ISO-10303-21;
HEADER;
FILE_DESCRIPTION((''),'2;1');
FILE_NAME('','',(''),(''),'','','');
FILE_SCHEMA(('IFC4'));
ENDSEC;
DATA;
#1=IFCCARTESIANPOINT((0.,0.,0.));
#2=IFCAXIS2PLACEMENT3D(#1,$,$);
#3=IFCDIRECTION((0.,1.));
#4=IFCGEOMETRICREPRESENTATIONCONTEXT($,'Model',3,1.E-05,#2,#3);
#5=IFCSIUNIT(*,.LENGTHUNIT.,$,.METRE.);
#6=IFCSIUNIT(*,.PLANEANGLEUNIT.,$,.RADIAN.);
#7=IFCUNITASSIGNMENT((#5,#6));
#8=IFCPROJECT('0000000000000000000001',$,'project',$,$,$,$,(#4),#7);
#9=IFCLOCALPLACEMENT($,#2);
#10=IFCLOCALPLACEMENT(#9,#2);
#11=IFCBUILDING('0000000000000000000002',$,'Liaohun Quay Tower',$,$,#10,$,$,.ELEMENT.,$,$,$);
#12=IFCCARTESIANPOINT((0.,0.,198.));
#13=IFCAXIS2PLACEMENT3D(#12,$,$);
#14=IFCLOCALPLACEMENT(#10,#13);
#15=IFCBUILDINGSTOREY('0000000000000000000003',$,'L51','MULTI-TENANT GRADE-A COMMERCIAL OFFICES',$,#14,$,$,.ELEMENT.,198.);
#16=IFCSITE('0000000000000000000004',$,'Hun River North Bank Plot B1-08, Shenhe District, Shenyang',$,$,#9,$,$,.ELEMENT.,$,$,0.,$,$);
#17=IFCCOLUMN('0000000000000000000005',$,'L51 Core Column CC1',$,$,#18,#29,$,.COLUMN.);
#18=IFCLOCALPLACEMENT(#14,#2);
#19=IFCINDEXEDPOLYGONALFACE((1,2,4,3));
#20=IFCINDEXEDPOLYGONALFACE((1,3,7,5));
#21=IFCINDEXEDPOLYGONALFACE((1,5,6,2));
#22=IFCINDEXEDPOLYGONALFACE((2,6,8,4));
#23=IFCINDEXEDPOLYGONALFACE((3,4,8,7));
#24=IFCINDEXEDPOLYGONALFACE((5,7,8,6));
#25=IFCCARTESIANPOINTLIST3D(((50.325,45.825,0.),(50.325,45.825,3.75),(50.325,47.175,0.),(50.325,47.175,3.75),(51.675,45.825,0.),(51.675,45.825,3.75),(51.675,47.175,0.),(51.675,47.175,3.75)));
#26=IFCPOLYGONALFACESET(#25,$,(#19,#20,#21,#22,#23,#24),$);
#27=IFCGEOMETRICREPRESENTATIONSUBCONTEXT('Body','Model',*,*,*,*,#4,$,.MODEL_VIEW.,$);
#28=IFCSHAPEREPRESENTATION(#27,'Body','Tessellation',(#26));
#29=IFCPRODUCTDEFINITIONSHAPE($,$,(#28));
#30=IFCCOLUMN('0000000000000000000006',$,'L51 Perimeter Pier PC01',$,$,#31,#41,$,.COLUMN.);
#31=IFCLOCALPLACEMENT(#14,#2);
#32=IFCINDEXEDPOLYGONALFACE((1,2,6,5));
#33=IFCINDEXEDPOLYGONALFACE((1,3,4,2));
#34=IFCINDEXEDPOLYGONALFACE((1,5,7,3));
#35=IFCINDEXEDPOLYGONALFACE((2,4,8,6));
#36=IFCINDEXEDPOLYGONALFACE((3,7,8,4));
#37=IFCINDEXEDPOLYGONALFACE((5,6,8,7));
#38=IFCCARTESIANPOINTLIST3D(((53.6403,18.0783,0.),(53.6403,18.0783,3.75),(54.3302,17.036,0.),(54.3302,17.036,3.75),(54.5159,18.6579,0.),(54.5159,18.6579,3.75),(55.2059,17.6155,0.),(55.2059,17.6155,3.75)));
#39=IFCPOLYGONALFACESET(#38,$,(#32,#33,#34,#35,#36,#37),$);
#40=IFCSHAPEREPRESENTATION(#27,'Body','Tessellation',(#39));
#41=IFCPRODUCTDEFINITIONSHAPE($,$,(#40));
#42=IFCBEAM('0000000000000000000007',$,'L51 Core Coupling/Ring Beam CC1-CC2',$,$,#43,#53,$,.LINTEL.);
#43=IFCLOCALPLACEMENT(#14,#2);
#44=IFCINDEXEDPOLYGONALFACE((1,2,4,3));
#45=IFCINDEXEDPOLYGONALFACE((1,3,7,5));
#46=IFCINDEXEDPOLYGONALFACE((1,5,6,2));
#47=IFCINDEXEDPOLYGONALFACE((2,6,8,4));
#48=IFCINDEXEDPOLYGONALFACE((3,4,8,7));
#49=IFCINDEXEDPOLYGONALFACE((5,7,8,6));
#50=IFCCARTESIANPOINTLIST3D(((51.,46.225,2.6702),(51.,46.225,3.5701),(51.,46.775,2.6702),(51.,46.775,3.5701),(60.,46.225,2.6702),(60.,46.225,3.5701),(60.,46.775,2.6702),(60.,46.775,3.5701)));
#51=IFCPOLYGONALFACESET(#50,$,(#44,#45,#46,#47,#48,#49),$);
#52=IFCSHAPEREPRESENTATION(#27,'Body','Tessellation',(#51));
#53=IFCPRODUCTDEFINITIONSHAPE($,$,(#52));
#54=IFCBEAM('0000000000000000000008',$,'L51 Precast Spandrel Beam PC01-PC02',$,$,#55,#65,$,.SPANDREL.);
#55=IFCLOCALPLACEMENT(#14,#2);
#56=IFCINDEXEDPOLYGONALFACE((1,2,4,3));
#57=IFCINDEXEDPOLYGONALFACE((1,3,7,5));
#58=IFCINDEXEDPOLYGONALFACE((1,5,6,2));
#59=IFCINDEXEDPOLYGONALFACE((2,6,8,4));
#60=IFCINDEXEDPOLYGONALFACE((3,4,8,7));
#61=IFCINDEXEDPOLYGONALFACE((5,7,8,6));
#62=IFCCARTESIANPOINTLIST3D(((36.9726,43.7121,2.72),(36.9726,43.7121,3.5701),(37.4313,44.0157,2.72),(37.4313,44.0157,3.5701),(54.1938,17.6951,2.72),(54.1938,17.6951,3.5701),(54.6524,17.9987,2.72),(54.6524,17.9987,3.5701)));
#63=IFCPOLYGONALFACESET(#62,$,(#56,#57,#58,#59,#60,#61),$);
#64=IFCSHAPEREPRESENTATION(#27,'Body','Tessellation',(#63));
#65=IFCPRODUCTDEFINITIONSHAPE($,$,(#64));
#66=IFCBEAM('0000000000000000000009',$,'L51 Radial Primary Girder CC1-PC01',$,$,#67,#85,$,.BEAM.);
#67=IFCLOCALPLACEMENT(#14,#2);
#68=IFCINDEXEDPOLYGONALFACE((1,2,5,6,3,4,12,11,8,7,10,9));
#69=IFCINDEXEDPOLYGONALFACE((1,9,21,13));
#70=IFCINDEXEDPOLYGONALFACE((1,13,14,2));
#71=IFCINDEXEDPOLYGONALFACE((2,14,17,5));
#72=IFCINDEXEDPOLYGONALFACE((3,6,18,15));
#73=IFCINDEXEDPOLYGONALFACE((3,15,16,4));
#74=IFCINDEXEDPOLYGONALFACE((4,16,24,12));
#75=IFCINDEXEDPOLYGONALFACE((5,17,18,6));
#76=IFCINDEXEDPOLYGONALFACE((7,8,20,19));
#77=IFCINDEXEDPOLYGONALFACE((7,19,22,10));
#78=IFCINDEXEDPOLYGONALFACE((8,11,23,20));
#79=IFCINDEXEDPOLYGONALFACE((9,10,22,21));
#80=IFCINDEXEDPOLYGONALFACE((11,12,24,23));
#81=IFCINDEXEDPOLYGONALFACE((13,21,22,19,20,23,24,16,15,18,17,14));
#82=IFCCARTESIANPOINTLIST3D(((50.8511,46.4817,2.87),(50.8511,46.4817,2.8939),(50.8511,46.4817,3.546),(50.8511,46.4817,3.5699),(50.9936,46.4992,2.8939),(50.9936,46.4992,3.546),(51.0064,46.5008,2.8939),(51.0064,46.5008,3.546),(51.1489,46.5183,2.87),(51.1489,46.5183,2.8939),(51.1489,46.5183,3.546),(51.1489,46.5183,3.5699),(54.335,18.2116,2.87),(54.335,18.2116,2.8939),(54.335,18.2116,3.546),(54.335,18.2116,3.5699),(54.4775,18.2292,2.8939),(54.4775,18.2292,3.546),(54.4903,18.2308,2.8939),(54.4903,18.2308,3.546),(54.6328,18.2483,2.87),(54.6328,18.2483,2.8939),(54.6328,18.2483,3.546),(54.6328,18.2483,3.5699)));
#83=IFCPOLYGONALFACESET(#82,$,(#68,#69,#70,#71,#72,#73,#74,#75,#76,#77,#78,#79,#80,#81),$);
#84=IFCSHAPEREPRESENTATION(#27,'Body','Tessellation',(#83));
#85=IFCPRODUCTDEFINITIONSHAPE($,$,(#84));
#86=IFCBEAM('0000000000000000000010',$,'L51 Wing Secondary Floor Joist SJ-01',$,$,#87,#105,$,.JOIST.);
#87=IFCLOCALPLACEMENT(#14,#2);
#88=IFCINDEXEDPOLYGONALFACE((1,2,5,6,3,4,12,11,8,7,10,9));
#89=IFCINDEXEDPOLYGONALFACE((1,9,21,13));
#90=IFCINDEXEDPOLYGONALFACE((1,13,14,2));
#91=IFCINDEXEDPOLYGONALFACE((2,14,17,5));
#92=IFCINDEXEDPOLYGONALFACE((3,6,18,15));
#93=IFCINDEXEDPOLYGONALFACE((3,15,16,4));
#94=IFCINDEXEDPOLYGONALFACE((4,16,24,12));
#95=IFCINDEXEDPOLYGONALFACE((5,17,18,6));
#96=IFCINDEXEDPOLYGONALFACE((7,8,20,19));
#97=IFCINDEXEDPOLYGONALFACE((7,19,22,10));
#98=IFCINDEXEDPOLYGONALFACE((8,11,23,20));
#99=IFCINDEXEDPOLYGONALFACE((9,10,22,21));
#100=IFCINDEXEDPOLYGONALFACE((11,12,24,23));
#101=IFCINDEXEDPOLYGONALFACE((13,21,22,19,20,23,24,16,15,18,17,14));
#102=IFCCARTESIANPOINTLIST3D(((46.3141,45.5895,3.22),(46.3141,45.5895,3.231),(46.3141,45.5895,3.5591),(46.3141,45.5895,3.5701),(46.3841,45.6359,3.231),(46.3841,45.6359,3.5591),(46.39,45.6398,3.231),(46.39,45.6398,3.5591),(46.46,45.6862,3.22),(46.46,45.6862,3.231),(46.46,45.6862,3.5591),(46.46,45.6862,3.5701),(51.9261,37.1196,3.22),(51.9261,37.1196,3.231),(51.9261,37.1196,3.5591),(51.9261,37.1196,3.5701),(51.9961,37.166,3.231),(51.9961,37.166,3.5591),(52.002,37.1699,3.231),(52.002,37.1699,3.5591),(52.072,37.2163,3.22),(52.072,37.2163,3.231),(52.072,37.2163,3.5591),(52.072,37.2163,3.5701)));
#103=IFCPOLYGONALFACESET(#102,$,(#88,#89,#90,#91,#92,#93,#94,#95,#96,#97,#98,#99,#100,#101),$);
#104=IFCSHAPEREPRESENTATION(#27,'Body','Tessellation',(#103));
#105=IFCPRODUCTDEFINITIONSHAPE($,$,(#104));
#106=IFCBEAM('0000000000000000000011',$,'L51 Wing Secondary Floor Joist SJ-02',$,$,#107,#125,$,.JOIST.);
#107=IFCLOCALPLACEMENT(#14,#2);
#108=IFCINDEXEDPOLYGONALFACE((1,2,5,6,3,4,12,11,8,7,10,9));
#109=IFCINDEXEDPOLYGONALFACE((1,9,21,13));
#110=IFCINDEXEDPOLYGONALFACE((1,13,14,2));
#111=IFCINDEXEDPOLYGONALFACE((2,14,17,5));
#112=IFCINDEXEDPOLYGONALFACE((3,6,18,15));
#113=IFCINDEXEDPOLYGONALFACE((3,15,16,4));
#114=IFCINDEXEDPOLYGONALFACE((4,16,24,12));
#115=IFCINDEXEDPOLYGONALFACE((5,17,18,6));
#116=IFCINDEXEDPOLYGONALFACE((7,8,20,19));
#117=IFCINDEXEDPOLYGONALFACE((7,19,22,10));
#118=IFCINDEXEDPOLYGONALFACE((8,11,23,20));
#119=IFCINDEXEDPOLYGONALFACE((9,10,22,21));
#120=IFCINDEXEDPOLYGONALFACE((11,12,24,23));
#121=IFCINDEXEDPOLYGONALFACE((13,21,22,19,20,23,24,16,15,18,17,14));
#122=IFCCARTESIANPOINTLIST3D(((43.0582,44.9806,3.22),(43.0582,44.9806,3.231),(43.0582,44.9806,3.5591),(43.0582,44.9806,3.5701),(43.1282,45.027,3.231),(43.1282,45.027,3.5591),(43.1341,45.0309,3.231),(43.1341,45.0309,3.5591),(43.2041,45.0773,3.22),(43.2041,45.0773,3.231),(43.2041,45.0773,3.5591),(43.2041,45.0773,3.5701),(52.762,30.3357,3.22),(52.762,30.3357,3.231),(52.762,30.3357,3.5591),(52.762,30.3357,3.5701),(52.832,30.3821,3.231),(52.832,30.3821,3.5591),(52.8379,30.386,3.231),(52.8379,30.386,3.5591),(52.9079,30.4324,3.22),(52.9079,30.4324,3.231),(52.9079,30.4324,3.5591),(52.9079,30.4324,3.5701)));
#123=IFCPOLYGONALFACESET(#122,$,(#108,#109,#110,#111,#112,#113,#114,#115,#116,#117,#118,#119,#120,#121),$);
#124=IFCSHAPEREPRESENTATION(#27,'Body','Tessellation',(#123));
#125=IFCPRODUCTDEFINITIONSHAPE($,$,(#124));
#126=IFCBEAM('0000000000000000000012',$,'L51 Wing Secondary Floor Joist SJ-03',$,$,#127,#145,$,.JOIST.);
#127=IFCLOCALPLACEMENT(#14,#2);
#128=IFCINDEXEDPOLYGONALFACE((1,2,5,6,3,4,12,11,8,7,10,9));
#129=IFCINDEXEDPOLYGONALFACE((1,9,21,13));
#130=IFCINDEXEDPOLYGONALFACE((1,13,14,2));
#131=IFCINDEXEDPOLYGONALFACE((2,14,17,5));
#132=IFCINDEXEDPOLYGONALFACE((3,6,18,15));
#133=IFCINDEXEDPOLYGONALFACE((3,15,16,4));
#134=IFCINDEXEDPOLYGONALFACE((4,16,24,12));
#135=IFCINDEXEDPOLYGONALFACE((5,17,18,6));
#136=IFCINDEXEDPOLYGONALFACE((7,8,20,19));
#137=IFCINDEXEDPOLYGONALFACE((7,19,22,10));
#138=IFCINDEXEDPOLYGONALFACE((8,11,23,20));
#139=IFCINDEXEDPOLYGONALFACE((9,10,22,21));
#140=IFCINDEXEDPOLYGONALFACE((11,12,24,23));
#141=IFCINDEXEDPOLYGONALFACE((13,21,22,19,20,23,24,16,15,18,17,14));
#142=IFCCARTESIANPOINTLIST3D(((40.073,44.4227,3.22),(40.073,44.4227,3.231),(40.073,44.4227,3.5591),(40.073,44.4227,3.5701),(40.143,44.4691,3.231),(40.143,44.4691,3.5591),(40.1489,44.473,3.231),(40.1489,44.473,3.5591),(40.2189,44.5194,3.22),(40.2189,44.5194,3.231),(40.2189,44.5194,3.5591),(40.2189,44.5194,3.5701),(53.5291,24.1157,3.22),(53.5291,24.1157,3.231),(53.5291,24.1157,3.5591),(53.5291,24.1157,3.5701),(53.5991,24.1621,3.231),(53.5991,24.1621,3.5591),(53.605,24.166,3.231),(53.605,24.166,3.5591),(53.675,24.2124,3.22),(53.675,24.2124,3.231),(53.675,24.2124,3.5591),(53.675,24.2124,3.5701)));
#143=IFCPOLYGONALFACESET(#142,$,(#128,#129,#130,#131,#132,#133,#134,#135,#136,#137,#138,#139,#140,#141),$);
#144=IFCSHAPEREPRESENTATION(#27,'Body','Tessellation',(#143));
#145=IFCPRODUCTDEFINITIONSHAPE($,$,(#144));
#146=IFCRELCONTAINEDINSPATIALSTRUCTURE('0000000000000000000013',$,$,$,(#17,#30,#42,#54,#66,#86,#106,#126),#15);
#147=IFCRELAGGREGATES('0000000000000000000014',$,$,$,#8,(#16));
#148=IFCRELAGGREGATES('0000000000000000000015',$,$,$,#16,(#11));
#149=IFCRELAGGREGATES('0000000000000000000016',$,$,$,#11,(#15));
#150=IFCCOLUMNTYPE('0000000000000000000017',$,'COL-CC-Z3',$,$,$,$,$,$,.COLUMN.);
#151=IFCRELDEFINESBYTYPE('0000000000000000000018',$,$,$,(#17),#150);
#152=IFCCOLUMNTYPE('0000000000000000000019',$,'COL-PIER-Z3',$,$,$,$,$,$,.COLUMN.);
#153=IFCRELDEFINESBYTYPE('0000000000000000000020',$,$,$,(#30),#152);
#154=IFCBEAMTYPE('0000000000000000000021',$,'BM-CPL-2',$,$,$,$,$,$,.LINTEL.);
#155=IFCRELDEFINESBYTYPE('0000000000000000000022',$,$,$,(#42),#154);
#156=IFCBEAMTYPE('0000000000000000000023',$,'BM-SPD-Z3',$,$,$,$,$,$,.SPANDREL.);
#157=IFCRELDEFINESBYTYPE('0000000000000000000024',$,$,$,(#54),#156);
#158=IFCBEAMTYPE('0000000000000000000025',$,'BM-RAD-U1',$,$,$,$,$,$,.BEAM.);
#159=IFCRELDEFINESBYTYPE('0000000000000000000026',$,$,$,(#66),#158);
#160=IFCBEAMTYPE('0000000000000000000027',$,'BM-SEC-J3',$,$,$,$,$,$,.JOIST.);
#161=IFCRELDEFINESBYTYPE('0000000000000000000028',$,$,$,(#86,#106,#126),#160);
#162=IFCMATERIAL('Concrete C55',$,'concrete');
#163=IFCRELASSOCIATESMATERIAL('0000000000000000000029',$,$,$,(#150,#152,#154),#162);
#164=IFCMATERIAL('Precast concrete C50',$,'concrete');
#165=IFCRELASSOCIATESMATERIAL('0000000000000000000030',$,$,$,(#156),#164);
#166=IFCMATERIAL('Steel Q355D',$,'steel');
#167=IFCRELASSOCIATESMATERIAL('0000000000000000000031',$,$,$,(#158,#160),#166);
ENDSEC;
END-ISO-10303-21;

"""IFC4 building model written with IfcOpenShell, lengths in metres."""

from ifc_helpers import new_model, si_unit, direction, frame, origin, origin_2d, place, context, subcontext, project, spatial, rectangle, i_section, extrude, source, transform, mapped, material, material_profile, profile_set, type_object, element, save


model = new_model("IFC4")

# Units and contexts
model_context = context("Model", 3, precision=1e-05, world=origin(), true_north=direction((0.0, 1.0)))
body_context = subcontext(model_context, "Body", "Model", "MODEL_VIEW")
ifc_project = project(units=[si_unit("LENGTHUNIT", "METRE"), si_unit("PLANEANGLEUNIT", "RADIAN")], contexts=[model_context])

# Site, building, storey
site_placement = place(None, origin())
site = spatial("IfcSite", under=ifc_project, at=site_placement, Name="Hun River North Bank Plot B1-08, Shenhe District, Shenyang", CompositionType="ELEMENT", RefElevation=0.0)
building_placement = place(site_placement, origin())
building = spatial("IfcBuilding", under=site, at=building_placement, Name="Liaohun Quay Tower", CompositionType="ELEMENT")
storey_placement = place(building_placement, frame((0.0, 0.0, 198.0)))
storey = spatial("IfcBuildingStorey", under=building, at=storey_placement, Name="L51", Description="MULTI-TENANT GRADE-A COMMERCIAL OFFICES", CompositionType="ELEMENT", Elevation=198.0)

# Columns
ifc_material_1 = material(Name="Concrete C55", Category="concrete")
ifc_material_profile_1 = material_profile(ifc_material_1, rectangle(XDim=1.3501, YDim=1.3501, at=origin_2d()), Name="RC1350x1350")
ifc_profile_set_1 = profile_set([ifc_material_profile_1], Name="Concrete C55")
column_type_1 = type_object("IfcColumnType", Name="COL-CC-Z3", PredefinedType="COLUMN", material=ifc_profile_set_1)
shared_shape_1 = source(origin(), body_context, "Body", "SweptSolid", [
    extrude(rectangle(XDim=1.3501, YDim=1.3501, at=origin_2d()), origin(), (0.0, 0.0, 1.0), 3.75),
])
column_1_placement = place(storey_placement, frame((51.0, 46.5, 0.0), z_axis=(0.0, 0.0, 1.0), x_axis=(1.0, 0.0, 0.0)))
element("IfcColumn", 1, at=column_1_placement, inside=storey, type_object=column_type_1, Name="L51 Core Column CC1", PredefinedType="COLUMN", context=body_context, shape_type="MappedRepresentation", body=[
    mapped(shared_shape_1, transform((0.0, 0.0, 0.0), x_axis=(1.0, 0.0, 0.0), y_axis=(0.0, 1.0, 0.0), z_axis=(0.0, 0.0, 1.0), scale=1.0)),
])
ifc_material_profile_2 = material_profile(ifc_material_1, rectangle(XDim=1.25, YDim=1.05, at=origin_2d()), Name="RC1250x1050")
ifc_profile_set_2 = profile_set([ifc_material_profile_2], Name="Concrete C55")
column_type_2 = type_object("IfcColumnType", Name="COL-PIER-Z3", PredefinedType="COLUMN", material=ifc_profile_set_2)
shared_shape_2 = source(origin(), body_context, "Body", "SweptSolid", [
    extrude(rectangle(XDim=1.25, YDim=1.05, at=origin_2d()), origin(), (0.0, 0.0, 1.0), 3.75),
])
column_2_placement = place(storey_placement, frame((54.4231, 17.8469, 0.0), z_axis=(0.0, 0.0, 1.0), x_axis=(-0.551937, 0.833886, 0.0)))
element("IfcColumn", 2, at=column_2_placement, inside=storey, type_object=column_type_2, Name="L51 Perimeter Pier PC01", PredefinedType="COLUMN", context=body_context, shape_type="MappedRepresentation", body=[
    mapped(shared_shape_2, transform((0.0, 0.0, 0.0), x_axis=(1.0, 0.0, 0.0), y_axis=(0.0, 1.0, 0.0), z_axis=(0.0, 0.0, 1.0), scale=1.0)),
])

# Beams
ifc_material_profile_3 = material_profile(ifc_material_1, rectangle(XDim=0.55, YDim=0.8999, at=origin_2d()), Name="RC550x900")
ifc_profile_set_3 = profile_set([ifc_material_profile_3], Name="Concrete C55")
beam_type_1 = type_object("IfcBeamType", Name="BM-CPL-2", PredefinedType="LINTEL", material=ifc_profile_set_3)
shared_shape_3 = source(origin(), body_context, "Body", "SweptSolid", [
    extrude(rectangle(XDim=0.55, YDim=0.8999, at=origin_2d()), origin(), (0.0, 0.0, 1.0), 9.0),
])
beam_1_placement = place(storey_placement, frame((51.0, 46.5, 3.1201), z_axis=(1.0, 0.0, 0.0), x_axis=(0.0, 1.0, 0.0)))
element("IfcBeam", 3, at=beam_1_placement, inside=storey, type_object=beam_type_1, Name="L51 Core Coupling/Ring Beam CC1-CC2", PredefinedType="LINTEL", context=body_context, shape_type="MappedRepresentation", body=[
    mapped(shared_shape_3, transform((0.0, 0.0, 0.0), x_axis=(1.0, 0.0, 0.0), y_axis=(0.0, 1.0, 0.0), z_axis=(0.0, 0.0, 1.0), scale=1.0)),
])
ifc_material_2 = material(Name="Precast concrete C50", Category="concrete")
ifc_material_profile_4 = material_profile(ifc_material_2, rectangle(XDim=0.55, YDim=0.8501, at=origin_2d()), Name="RC550x850")
ifc_profile_set_4 = profile_set([ifc_material_profile_4], Name="Precast concrete C50")
beam_type_2 = type_object("IfcBeamType", Name="BM-SPD-Z3", PredefinedType="SPANDREL", material=ifc_profile_set_4)
shared_shape_4 = source(origin(), body_context, "Body", "SweptSolid", [
    extrude(rectangle(XDim=0.55, YDim=0.8501, at=origin_2d()), origin(), (0.0, 0.0, 1.0), 31.2002),
])
beam_2_placement = place(storey_placement, frame((54.4231, 17.8469, 3.145), z_axis=(-0.551956, 0.833873, 0.0), x_axis=(-0.833873, -0.551956, 0.0)))
element("IfcBeam", 4, at=beam_2_placement, inside=storey, type_object=beam_type_2, Name="L51 Precast Spandrel Beam PC01-PC02", PredefinedType="SPANDREL", context=body_context, shape_type="MappedRepresentation", body=[
    mapped(shared_shape_4, transform((0.0, 0.0, 0.0), x_axis=(1.0, 0.0, 0.0), y_axis=(0.0, 1.0, 0.0), z_axis=(0.0, 0.0, 1.0), scale=1.0)),
])
ifc_material_3 = material(Name="Steel Q355D", Category="steel")
ifc_material_profile_5 = material_profile(ifc_material_3, i_section(OverallWidth=0.3, OverallDepth=0.7, WebThickness=0.0129, FlangeThickness=0.0239, at=origin_2d()), Name="HN700x300x13x24")
ifc_profile_set_5 = profile_set([ifc_material_profile_5], Name="Steel Q355D")
beam_type_3 = type_object("IfcBeamType", Name="BM-RAD-U1", PredefinedType="BEAM", material=ifc_profile_set_5)
shared_shape_5 = source(origin(), body_context, "Body", "SweptSolid", [
    extrude(i_section(OverallWidth=0.3, OverallDepth=0.7, WebThickness=0.0129, FlangeThickness=0.0239, at=origin_2d()), origin(), (0.0, 0.0, 1.0), 28.4839),
])
beam_3_placement = place(storey_placement, frame((51.0, 46.5, 3.22), z_axis=(0.122311, -0.992492, 0.0), x_axis=(0.992492, 0.122311, 0.0)))
element("IfcBeam", 5, at=beam_3_placement, inside=storey, type_object=beam_type_3, Name="L51 Radial Primary Girder CC1-PC01", PredefinedType="BEAM", context=body_context, shape_type="MappedRepresentation", body=[
    mapped(shared_shape_5, transform((0.0, 0.0, 0.0), x_axis=(1.0, 0.0, 0.0), y_axis=(0.0, 1.0, 0.0), z_axis=(0.0, 0.0, 1.0), scale=1.0)),
])
ifc_material_profile_6 = material_profile(ifc_material_3, i_section(OverallWidth=0.175, OverallDepth=0.3501, WebThickness=0.0071, FlangeThickness=0.011, at=origin_2d()), Name="HN350x175x7x11")
ifc_profile_set_6 = profile_set([ifc_material_profile_6], Name="Steel Q355D")
beam_type_4 = type_object("IfcBeamType", Name="BM-SEC-J3", PredefinedType="JOIST", material=ifc_profile_set_6)
shared_shape_6 = source(origin(), body_context, "Body", "SweptSolid", [
    extrude(i_section(OverallWidth=0.175, OverallDepth=0.3501, WebThickness=0.0071, FlangeThickness=0.011, at=origin_2d()), origin(), (0.0, 0.0, 1.0), 10.1604),
])
beam_4_placement = place(storey_placement, frame((51.999, 37.168, 3.395), z_axis=(-0.552341, 0.833618, 0.0), x_axis=(-0.833618, -0.552341, 0.0)))
element("IfcBeam", 6, at=beam_4_placement, inside=storey, type_object=beam_type_4, Name="L51 Wing Secondary Floor Joist SJ-01", PredefinedType="JOIST", context=body_context, shape_type="MappedRepresentation", body=[
    mapped(shared_shape_6, transform((0.0, 0.0, 0.0), x_axis=(1.0, 0.0, 0.0), y_axis=(0.0, 1.0, 0.0), z_axis=(0.0, 0.0, 1.0), scale=1.0)),
])
shared_shape_7 = source(origin(), body_context, "Body", "SweptSolid", [
    extrude(i_section(OverallWidth=0.175, OverallDepth=0.3501, WebThickness=0.0071, FlangeThickness=0.011, at=origin_2d()), origin(), (0.0, 0.0, 1.0), 17.5681),
])
beam_5_placement = place(storey_placement, frame((52.835, 30.384, 3.395), z_axis=(-0.552354, 0.83361, 0.0), x_axis=(-0.83361, -0.552354, 0.0)))
element("IfcBeam", 7, at=beam_5_placement, inside=storey, type_object=beam_type_4, Name="L51 Wing Secondary Floor Joist SJ-02", PredefinedType="JOIST", context=body_context, shape_type="MappedRepresentation", body=[
    mapped(shared_shape_7, transform((0.0, 0.0, 0.0), x_axis=(1.0, 0.0, 0.0), y_axis=(0.0, 1.0, 0.0), z_axis=(0.0, 0.0, 1.0), scale=1.0)),
])
shared_shape_8 = source(origin(), body_context, "Body", "SweptSolid", [
    extrude(i_section(OverallWidth=0.175, OverallDepth=0.3501, WebThickness=0.0071, FlangeThickness=0.011, at=origin_2d()), origin(), (0.0, 0.0, 1.0), 24.3606),
])
beam_6_placement = place(storey_placement, frame((53.6021, 24.1641, 3.395), z_axis=(-0.552371, 0.833598, 0.0), x_axis=(-0.833598, -0.552371, 0.0)))
element("IfcBeam", 8, at=beam_6_placement, inside=storey, type_object=beam_type_4, Name="L51 Wing Secondary Floor Joist SJ-03", PredefinedType="JOIST", context=body_context, shape_type="MappedRepresentation", body=[
    mapped(shared_shape_8, transform((0.0, 0.0, 0.0), x_axis=(1.0, 0.0, 0.0), y_axis=(0.0, 1.0, 0.0), z_axis=(0.0, 0.0, 1.0), scale=1.0)),
])

save(model, "model.ifc")
